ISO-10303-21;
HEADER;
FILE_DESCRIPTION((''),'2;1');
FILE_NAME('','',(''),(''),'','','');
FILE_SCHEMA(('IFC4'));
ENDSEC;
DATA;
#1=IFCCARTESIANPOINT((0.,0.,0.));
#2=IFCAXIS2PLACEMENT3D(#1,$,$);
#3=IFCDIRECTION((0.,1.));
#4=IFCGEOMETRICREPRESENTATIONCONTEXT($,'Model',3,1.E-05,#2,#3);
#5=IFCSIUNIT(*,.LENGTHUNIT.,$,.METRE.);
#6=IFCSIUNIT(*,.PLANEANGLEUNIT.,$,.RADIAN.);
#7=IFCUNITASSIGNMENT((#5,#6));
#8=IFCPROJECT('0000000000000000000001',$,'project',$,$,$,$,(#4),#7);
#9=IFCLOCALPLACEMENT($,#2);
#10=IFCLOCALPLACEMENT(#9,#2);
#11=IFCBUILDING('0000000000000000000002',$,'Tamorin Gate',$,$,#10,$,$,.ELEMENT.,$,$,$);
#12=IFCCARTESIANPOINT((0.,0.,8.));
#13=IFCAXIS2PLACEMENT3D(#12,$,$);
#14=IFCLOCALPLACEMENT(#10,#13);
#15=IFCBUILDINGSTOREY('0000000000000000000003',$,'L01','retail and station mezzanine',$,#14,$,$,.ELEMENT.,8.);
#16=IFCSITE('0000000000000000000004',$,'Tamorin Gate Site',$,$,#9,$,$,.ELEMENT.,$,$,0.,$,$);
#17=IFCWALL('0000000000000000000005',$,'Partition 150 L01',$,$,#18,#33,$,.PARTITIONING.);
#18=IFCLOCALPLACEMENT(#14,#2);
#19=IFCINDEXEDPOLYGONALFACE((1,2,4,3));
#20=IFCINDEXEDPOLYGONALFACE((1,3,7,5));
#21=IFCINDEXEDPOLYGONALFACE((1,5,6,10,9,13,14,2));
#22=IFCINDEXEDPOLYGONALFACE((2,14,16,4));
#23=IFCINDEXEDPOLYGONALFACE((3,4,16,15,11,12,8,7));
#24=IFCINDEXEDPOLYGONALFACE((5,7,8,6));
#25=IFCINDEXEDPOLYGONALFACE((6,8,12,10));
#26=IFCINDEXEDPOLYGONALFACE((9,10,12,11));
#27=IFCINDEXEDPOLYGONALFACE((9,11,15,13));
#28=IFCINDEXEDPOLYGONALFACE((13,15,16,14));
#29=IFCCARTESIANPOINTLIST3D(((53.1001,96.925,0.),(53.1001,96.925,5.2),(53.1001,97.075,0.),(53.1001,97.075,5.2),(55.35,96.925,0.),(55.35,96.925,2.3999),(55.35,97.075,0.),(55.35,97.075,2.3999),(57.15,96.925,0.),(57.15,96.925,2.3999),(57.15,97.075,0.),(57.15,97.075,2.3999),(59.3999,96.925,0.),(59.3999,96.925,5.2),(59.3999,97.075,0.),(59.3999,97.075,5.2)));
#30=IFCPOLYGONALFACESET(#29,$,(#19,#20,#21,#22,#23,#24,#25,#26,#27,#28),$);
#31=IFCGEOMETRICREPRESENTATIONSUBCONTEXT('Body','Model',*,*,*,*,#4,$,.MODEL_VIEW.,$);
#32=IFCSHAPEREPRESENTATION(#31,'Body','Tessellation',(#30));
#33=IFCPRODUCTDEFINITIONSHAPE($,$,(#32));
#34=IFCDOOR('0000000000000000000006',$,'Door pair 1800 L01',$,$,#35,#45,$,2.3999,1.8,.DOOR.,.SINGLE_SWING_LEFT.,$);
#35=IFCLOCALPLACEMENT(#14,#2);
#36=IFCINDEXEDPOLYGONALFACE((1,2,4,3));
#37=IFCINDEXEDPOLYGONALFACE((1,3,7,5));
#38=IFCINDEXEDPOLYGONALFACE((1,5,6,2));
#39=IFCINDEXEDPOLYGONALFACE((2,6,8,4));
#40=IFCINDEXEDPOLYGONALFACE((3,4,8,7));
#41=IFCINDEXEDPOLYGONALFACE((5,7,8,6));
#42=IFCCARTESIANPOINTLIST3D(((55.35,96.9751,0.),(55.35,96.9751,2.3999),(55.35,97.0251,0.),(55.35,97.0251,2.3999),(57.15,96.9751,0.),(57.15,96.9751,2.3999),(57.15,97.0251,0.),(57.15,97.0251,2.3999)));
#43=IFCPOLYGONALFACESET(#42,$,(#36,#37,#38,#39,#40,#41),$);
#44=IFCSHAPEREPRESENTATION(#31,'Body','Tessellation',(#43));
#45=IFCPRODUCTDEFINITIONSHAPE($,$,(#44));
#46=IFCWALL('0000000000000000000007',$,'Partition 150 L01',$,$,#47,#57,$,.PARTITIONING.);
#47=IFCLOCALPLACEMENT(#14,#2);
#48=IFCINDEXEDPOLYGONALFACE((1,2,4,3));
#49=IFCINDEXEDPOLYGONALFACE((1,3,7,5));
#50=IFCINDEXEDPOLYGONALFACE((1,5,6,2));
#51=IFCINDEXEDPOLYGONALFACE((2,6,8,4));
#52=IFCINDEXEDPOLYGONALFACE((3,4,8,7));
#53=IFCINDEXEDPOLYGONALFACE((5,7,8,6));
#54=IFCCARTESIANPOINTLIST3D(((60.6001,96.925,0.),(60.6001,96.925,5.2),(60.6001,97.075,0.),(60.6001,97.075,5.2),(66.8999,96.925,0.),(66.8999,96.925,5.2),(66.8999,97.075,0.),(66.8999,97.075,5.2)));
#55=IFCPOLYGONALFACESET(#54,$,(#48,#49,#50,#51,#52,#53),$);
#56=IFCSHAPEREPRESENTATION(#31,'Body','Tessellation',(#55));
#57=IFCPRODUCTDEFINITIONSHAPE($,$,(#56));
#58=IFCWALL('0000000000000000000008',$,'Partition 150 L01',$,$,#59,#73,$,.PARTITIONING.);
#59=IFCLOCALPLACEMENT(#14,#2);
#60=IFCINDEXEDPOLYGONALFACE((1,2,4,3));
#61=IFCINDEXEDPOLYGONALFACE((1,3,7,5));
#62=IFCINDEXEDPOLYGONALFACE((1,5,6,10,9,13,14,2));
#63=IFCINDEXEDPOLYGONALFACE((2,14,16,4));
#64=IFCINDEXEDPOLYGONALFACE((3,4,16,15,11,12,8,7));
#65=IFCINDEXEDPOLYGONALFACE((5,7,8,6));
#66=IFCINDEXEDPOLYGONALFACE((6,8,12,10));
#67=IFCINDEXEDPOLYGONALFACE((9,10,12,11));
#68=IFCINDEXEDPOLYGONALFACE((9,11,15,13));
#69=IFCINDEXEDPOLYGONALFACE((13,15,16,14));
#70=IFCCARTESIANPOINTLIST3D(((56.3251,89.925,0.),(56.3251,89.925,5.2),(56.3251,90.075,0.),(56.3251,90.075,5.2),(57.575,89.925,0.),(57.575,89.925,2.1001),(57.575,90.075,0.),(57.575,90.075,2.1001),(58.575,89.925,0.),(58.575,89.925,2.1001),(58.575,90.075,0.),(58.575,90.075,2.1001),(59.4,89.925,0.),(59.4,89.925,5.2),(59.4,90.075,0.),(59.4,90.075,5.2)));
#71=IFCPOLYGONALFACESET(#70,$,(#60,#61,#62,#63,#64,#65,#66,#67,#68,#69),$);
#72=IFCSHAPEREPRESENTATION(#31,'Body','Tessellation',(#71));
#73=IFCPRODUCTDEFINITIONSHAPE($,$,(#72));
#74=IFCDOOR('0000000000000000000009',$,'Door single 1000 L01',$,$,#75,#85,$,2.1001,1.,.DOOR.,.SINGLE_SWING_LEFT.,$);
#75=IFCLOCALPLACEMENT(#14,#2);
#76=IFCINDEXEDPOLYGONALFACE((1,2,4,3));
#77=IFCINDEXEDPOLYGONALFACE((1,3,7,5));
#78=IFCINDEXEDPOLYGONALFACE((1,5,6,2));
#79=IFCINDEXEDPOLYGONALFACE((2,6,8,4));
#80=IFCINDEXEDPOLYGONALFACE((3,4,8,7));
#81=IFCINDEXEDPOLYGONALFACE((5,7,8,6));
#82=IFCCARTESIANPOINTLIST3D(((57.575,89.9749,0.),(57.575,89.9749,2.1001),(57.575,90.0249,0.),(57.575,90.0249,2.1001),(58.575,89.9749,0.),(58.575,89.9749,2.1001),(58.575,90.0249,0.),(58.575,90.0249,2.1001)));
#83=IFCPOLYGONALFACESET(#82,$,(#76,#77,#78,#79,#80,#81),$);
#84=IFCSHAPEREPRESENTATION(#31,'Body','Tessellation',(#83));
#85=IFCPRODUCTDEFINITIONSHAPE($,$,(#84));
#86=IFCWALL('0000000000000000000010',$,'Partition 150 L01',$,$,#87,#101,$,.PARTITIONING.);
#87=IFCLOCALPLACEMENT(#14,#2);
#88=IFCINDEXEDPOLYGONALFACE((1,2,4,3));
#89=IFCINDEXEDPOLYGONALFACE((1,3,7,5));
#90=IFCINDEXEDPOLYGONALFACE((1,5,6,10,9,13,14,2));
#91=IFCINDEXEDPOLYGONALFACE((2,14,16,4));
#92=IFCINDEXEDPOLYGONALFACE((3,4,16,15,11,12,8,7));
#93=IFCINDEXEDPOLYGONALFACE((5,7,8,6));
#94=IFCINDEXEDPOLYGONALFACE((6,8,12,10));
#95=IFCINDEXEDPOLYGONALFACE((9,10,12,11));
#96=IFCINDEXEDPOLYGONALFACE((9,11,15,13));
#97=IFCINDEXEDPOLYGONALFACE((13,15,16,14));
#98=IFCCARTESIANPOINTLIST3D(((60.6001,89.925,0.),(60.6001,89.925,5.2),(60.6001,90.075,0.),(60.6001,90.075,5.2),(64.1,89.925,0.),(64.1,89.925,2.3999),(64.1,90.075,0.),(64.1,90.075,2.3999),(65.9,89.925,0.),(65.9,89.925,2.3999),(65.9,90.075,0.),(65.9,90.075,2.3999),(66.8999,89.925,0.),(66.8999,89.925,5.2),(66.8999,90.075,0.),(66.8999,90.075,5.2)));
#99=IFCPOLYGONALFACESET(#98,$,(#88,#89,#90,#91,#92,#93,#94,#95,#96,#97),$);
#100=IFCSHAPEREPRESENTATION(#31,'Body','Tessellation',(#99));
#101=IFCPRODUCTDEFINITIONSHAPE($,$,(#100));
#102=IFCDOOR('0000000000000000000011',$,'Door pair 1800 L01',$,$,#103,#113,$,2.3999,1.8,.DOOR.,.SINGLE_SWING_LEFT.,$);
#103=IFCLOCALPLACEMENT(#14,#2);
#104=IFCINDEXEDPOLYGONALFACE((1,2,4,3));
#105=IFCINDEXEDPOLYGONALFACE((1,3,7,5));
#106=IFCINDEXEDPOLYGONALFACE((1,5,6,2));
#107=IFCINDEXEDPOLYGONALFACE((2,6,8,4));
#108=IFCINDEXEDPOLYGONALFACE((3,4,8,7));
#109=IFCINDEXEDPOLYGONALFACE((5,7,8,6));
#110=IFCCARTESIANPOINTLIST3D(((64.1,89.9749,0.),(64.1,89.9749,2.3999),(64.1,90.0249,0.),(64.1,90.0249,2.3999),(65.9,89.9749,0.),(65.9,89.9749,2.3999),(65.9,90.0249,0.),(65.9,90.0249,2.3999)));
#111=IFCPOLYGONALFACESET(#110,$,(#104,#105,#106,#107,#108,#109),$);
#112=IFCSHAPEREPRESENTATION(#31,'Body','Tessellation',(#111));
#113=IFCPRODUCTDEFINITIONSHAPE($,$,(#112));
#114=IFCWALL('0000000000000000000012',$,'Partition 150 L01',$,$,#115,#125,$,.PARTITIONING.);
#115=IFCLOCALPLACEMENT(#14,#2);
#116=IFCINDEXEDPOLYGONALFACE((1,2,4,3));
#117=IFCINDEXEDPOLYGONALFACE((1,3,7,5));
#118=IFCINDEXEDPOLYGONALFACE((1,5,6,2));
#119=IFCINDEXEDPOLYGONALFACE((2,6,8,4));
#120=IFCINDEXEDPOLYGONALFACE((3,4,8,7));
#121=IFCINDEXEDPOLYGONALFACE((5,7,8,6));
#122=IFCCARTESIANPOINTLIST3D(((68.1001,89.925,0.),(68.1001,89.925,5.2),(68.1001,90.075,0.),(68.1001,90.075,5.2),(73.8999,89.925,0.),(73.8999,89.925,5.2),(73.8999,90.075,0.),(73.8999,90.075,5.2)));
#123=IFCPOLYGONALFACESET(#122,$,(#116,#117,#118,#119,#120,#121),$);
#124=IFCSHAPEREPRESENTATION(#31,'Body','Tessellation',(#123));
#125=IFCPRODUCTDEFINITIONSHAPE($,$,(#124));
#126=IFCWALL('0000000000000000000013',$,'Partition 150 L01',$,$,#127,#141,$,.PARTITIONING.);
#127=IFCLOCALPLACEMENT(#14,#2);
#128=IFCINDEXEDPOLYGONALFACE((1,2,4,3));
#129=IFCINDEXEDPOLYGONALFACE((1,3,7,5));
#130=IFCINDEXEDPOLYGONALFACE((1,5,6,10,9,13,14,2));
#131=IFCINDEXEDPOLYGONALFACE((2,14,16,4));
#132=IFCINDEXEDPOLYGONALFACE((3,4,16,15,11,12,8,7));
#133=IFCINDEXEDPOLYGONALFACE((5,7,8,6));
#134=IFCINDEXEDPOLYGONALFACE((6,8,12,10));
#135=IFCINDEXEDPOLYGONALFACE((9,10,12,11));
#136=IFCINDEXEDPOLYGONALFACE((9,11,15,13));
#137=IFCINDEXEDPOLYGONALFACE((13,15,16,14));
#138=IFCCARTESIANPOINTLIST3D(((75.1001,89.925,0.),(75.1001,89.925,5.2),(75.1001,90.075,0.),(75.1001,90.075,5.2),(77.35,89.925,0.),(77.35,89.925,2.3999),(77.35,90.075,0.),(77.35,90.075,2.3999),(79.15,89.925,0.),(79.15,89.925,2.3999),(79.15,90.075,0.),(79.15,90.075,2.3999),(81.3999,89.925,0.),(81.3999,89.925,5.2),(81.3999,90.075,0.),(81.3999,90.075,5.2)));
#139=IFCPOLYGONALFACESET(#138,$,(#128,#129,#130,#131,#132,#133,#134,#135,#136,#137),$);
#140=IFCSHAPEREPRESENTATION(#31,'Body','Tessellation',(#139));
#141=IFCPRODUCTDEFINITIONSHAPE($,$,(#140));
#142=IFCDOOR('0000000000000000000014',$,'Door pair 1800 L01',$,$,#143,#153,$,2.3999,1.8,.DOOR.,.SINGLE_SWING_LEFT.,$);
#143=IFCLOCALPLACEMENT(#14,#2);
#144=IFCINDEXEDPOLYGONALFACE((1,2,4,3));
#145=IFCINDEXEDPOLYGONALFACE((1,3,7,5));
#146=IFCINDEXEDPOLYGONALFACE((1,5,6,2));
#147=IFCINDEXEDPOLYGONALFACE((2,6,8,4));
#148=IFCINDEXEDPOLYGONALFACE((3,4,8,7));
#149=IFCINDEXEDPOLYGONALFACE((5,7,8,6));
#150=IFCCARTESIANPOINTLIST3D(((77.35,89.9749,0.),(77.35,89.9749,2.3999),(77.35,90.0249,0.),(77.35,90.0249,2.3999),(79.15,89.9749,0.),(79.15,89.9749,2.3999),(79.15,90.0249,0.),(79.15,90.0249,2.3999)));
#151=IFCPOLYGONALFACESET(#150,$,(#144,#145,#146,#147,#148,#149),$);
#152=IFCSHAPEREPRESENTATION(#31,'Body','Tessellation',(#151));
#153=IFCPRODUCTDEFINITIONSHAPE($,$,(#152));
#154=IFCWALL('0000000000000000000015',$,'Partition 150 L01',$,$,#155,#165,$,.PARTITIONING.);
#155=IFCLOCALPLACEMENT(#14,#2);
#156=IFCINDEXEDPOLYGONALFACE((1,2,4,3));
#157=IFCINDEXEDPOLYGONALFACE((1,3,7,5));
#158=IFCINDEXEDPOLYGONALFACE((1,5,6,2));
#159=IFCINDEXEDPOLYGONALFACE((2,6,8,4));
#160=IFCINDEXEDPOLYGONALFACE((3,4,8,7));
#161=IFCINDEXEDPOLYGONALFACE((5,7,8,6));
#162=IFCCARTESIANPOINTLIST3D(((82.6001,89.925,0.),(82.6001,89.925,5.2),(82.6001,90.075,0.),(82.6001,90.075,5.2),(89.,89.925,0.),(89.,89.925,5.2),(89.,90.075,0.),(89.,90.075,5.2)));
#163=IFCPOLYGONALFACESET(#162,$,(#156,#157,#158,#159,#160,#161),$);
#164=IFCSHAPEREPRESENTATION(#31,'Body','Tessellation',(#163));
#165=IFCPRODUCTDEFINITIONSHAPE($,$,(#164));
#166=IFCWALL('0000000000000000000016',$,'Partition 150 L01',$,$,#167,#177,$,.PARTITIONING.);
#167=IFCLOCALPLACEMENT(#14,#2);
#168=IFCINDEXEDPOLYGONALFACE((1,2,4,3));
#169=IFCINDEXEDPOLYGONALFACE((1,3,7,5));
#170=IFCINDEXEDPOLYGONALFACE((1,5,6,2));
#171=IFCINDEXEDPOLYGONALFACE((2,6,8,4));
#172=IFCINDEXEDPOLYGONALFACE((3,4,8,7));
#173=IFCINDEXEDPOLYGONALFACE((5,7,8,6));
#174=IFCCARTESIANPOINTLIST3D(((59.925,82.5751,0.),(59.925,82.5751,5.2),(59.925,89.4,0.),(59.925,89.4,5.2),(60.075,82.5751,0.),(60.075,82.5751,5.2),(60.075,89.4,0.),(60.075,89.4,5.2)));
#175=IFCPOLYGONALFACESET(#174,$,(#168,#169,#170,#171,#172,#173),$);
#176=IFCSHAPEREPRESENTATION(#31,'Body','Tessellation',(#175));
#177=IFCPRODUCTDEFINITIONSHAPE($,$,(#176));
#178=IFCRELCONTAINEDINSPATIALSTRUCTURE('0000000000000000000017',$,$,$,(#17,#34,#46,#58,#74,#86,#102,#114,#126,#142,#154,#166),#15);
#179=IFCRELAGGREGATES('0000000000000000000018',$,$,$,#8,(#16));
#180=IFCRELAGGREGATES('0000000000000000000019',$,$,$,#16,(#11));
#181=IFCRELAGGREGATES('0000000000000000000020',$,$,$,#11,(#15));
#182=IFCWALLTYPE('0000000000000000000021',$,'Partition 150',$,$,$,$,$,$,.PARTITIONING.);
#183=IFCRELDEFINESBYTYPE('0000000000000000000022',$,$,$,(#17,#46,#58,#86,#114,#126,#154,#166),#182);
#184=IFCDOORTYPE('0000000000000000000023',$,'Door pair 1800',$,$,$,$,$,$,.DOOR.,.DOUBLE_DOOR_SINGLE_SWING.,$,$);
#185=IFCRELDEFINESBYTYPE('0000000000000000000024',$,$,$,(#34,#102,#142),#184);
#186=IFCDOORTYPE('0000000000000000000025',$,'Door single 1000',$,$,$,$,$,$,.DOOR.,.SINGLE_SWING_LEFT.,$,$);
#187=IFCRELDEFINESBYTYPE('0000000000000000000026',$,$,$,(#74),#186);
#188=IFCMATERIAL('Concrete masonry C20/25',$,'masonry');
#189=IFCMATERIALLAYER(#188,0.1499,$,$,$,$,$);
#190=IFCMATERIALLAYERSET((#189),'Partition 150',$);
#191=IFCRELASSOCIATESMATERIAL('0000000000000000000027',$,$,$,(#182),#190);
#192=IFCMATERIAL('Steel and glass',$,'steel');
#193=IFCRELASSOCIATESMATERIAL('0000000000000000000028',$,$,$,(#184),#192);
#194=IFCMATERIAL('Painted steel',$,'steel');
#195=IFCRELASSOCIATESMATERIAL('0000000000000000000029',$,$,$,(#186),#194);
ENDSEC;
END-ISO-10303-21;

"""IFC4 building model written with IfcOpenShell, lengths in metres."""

from ifc_helpers import new_model, si_unit, direction, frame, frame_2d, origin, place, context, subcontext, project, spatial, rectangle, extrude, material, layer, layer_set, type_object, element, fill, save


model = new_model("IFC4")

# Units and contexts
model_context = context("Model", 3, precision=1e-05, world=origin(), true_north=direction((0.0, 1.0)))
body_context = subcontext(model_context, "Body", "Model", "MODEL_VIEW")
ifc_project = project(units=[si_unit("LENGTHUNIT", "METRE"), si_unit("PLANEANGLEUNIT", "RADIAN")], contexts=[model_context])

# Site, building, storey
site_placement = place(None, origin())
site = spatial("IfcSite", under=ifc_project, at=site_placement, Name="Tamorin Gate Site", CompositionType="ELEMENT", RefElevation=0.0)
building_placement = place(site_placement, origin())
building = spatial("IfcBuilding", under=site, at=building_placement, Name="Tamorin Gate", CompositionType="ELEMENT")
storey_placement = place(building_placement, frame((0.0, 0.0, 8.0)))
storey = spatial("IfcBuildingStorey", under=building, at=storey_placement, Name="L01", Description="retail and station mezzanine", CompositionType="ELEMENT", Elevation=8.0)

# Wall, opening, door
ifc_material_1 = material(Name="Concrete masonry C20/25", Category="masonry")
ifc_layer = layer(ifc_material_1, 0.1499)
ifc_layer_set = layer_set([ifc_layer], Name="Partition 150")
wall_type = type_object("IfcWallType", Name="Partition 150", PredefinedType="PARTITIONING", material=ifc_layer_set)
wall_1_placement = place(storey_placement, frame((59.3999, 97.0, 0.0), z_axis=(0.0, 0.0, 1.0), x_axis=(-1.0, 0.0, 0.0)))
wall_1 = element("IfcWall", 1, at=wall_1_placement, inside=storey, type_object=wall_type, Name="Partition 150 L01", PredefinedType="PARTITIONING", context=body_context, shape_type="SweptSolid", body=[
    extrude(rectangle(XDim=6.2998, YDim=0.1499, at=frame_2d((3.1499, 0.0))), origin(), (0.0, 0.0, 1.0), 5.2),
])
opening_1_placement = place(wall_1_placement, frame((2.25, 0.0, 0.0)))
opening_1 = element("IfcOpeningElement", 2, at=opening_1_placement, cuts=wall_1, PredefinedType="OPENING", context=body_context, shape_type="SweptSolid", body=[
    extrude(rectangle(XDim=1.8, YDim=2.3999, at=frame_2d((0.8999, 1.2))), frame((0.0, 0.085, 0.0), z_axis=(0.0, -1.0, 0.0), x_axis=(1.0, 0.0, 0.0)), (0.0, 0.0, 1.0), 0.1699),
])
ifc_material_2 = material(Name="Steel and glass", Category="steel")
door_type_1 = type_object("IfcDoorType", Name="Door pair 1800", OperationType="DOUBLE_DOOR_SINGLE_SWING", PredefinedType="DOOR", material=ifc_material_2)
door_1_placement = place(opening_1_placement, origin())
door_1 = element("IfcDoor", 3, at=door_1_placement, inside=storey, type_object=door_type_1, Name="Door pair 1800 L01", OperationType="SINGLE_SWING_LEFT", OverallHeight=2.3999, OverallWidth=1.8, PredefinedType="DOOR", context=body_context, shape_type="SweptSolid", body=[
    extrude(rectangle(XDim=1.8, YDim=2.3999, at=frame_2d((0.8999, 1.2))), frame((0.0, 0.0249, 0.0), z_axis=(0.0, -1.0, 0.0), x_axis=(1.0, 0.0, 0.0)), (0.0, 0.0, 1.0), 0.05),
])
fill(opening_1, door_1)

# Wall
wall_2_placement = place(storey_placement, frame((60.6001, 97.0, 0.0), z_axis=(0.0, 0.0, 1.0), x_axis=(1.0, 0.0, 0.0)))
element("IfcWall", 4, at=wall_2_placement, inside=storey, type_object=wall_type, Name="Partition 150 L01", PredefinedType="PARTITIONING", context=body_context, shape_type="SweptSolid", body=[
    extrude(rectangle(XDim=6.2998, YDim=0.1499, at=frame_2d((3.1499, 0.0))), origin(), (0.0, 0.0, 1.0), 5.2),
])

# Walls, openings, doors
wall_3_placement = place(storey_placement, frame((56.325, 90.0, 0.0), z_axis=(0.0, 0.0, 1.0), x_axis=(1.0, 0.0, 0.0)))
wall_3 = element("IfcWall", 5, at=wall_3_placement, inside=storey, type_object=wall_type, Name="Partition 150 L01", PredefinedType="PARTITIONING", context=body_context, shape_type="SweptSolid", body=[
    extrude(rectangle(XDim=3.075, YDim=0.1499, at=frame_2d((1.5376, 0.0))), origin(), (0.0, 0.0, 1.0), 5.2),
])
opening_2_placement = place(wall_3_placement, frame((1.25, 0.0, 0.0)))
opening_2 = element("IfcOpeningElement", 6, at=opening_2_placement, cuts=wall_3, PredefinedType="OPENING", context=body_context, shape_type="SweptSolid", body=[
    extrude(rectangle(XDim=1.0, YDim=2.1001, at=frame_2d((0.5, 1.05))), frame((0.0, 0.085, 0.0), z_axis=(0.0, -1.0, 0.0), x_axis=(1.0, 0.0, 0.0)), (0.0, 0.0, 1.0), 0.1699),
])
ifc_material_3 = material(Name="Painted steel", Category="steel")
door_type_2 = type_object("IfcDoorType", Name="Door single 1000", OperationType="SINGLE_SWING_LEFT", PredefinedType="DOOR", material=ifc_material_3)
door_2_placement = place(opening_2_placement, origin())
door_2 = element("IfcDoor", 7, at=door_2_placement, inside=storey, type_object=door_type_2, Name="Door single 1000 L01", OperationType="SINGLE_SWING_LEFT", OverallHeight=2.1001, OverallWidth=1.0, PredefinedType="DOOR", context=body_context, shape_type="SweptSolid", body=[
    extrude(rectangle(XDim=1.0, YDim=2.1001, at=frame_2d((0.5, 1.05))), frame((0.0, 0.0249, 0.0), z_axis=(0.0, -1.0, 0.0), x_axis=(1.0, 0.0, 0.0)), (0.0, 0.0, 1.0), 0.05),
])
fill(opening_2, door_2)
wall_4_placement = place(storey_placement, frame((60.6001, 90.0, 0.0), z_axis=(0.0, 0.0, 1.0), x_axis=(1.0, 0.0, 0.0)))
wall_4 = element("IfcWall", 8, at=wall_4_placement, inside=storey, type_object=wall_type, Name="Partition 150 L01", PredefinedType="PARTITIONING", context=body_context, shape_type="SweptSolid", body=[
    extrude(rectangle(XDim=6.2998, YDim=0.1499, at=frame_2d((3.1499, 0.0))), origin(), (0.0, 0.0, 1.0), 5.2),
])
opening_3_placement = place(wall_4_placement, frame((3.5, 0.0, 0.0)))
opening_3 = element("IfcOpeningElement", 9, at=opening_3_placement, cuts=wall_4, PredefinedType="OPENING", context=body_context, shape_type="SweptSolid", body=[
    extrude(rectangle(XDim=1.8, YDim=2.3999, at=frame_2d((0.8999, 1.2))), frame((0.0, 0.085, 0.0), z_axis=(0.0, -1.0, 0.0), x_axis=(1.0, 0.0, 0.0)), (0.0, 0.0, 1.0), 0.1699),
])
door_3_placement = place(opening_3_placement, origin())
door_3 = element("IfcDoor", 10, at=door_3_placement, inside=storey, type_object=door_type_1, Name="Door pair 1800 L01", OperationType="SINGLE_SWING_LEFT", OverallHeight=2.3999, OverallWidth=1.8, PredefinedType="DOOR", context=body_context, shape_type="SweptSolid", body=[
    extrude(rectangle(XDim=1.8, YDim=2.3999, at=frame_2d((0.8999, 1.2))), frame((0.0, 0.0249, 0.0), z_axis=(0.0, -1.0, 0.0), x_axis=(1.0, 0.0, 0.0)), (0.0, 0.0, 1.0), 0.05),
])
fill(opening_3, door_3)

# Wall
wall_5_placement = place(storey_placement, frame((68.1001, 90.0, 0.0), z_axis=(0.0, 0.0, 1.0), x_axis=(1.0, 0.0, 0.0)))
element("IfcWall", 11, at=wall_5_placement, inside=storey, type_object=wall_type, Name="Partition 150 L01", PredefinedType="PARTITIONING", context=body_context, shape_type="SweptSolid", body=[
    extrude(rectangle(XDim=5.7998, YDim=0.1499, at=frame_2d((2.8999, 0.0))), origin(), (0.0, 0.0, 1.0), 5.2),
])

# Wall, opening, door
wall_6_placement = place(storey_placement, frame((75.1001, 90.0, 0.0), z_axis=(0.0, 0.0, 1.0), x_axis=(1.0, 0.0, 0.0)))
wall_6 = element("IfcWall", 12, at=wall_6_placement, inside=storey, type_object=wall_type, Name="Partition 150 L01", PredefinedType="PARTITIONING", context=body_context, shape_type="SweptSolid", body=[
    extrude(rectangle(XDim=6.2998, YDim=0.1499, at=frame_2d((3.1499, 0.0))), origin(), (0.0, 0.0, 1.0), 5.2),
])
opening_4_placement = place(wall_6_placement, frame((2.25, 0.0, 0.0)))
opening_4 = element("IfcOpeningElement", 13, at=opening_4_placement, cuts=wall_6, PredefinedType="OPENING", context=body_context, shape_type="SweptSolid", body=[
    extrude(rectangle(XDim=1.8, YDim=2.3999, at=frame_2d((0.8999, 1.2))), frame((0.0, 0.085, 0.0), z_axis=(0.0, -1.0, 0.0), x_axis=(1.0, 0.0, 0.0)), (0.0, 0.0, 1.0), 0.1699),
])
door_4_placement = place(opening_4_placement, origin())
door_4 = element("IfcDoor", 14, at=door_4_placement, inside=storey, type_object=door_type_1, Name="Door pair 1800 L01", OperationType="SINGLE_SWING_LEFT", OverallHeight=2.3999, OverallWidth=1.8, PredefinedType="DOOR", context=body_context, shape_type="SweptSolid", body=[
    extrude(rectangle(XDim=1.8, YDim=2.3999, at=frame_2d((0.8999, 1.2))), frame((0.0, 0.0249, 0.0), z_axis=(0.0, -1.0, 0.0), x_axis=(1.0, 0.0, 0.0)), (0.0, 0.0, 1.0), 0.05),
])
fill(opening_4, door_4)

# Walls
wall_7_placement = place(storey_placement, frame((82.6001, 90.0, 0.0), z_axis=(0.0, 0.0, 1.0), x_axis=(1.0, 0.0, 0.0)))
element("IfcWall", 15, at=wall_7_placement, inside=storey, type_object=wall_type, Name="Partition 150 L01", PredefinedType="PARTITIONING", context=body_context, shape_type="SweptSolid", body=[
    extrude(rectangle(XDim=6.3999, YDim=0.1499, at=frame_2d((3.2, 0.0))), origin(), (0.0, 0.0, 1.0), 5.2),
])
wall_8_placement = place(storey_placement, frame((60.0, 82.575, 0.0), z_axis=(0.0, 0.0, 1.0), x_axis=(0.0, 1.0, 0.0)))
element("IfcWall", 16, at=wall_8_placement, inside=storey, type_object=wall_type, Name="Partition 150 L01", PredefinedType="PARTITIONING", context=body_context, shape_type="SweptSolid", body=[
    extrude(rectangle(XDim=6.825, YDim=0.1499, at=frame_2d((3.4126, 0.0))), origin(), (0.0, 0.0, 1.0), 5.2),
])

save(model, "model.ifc")
